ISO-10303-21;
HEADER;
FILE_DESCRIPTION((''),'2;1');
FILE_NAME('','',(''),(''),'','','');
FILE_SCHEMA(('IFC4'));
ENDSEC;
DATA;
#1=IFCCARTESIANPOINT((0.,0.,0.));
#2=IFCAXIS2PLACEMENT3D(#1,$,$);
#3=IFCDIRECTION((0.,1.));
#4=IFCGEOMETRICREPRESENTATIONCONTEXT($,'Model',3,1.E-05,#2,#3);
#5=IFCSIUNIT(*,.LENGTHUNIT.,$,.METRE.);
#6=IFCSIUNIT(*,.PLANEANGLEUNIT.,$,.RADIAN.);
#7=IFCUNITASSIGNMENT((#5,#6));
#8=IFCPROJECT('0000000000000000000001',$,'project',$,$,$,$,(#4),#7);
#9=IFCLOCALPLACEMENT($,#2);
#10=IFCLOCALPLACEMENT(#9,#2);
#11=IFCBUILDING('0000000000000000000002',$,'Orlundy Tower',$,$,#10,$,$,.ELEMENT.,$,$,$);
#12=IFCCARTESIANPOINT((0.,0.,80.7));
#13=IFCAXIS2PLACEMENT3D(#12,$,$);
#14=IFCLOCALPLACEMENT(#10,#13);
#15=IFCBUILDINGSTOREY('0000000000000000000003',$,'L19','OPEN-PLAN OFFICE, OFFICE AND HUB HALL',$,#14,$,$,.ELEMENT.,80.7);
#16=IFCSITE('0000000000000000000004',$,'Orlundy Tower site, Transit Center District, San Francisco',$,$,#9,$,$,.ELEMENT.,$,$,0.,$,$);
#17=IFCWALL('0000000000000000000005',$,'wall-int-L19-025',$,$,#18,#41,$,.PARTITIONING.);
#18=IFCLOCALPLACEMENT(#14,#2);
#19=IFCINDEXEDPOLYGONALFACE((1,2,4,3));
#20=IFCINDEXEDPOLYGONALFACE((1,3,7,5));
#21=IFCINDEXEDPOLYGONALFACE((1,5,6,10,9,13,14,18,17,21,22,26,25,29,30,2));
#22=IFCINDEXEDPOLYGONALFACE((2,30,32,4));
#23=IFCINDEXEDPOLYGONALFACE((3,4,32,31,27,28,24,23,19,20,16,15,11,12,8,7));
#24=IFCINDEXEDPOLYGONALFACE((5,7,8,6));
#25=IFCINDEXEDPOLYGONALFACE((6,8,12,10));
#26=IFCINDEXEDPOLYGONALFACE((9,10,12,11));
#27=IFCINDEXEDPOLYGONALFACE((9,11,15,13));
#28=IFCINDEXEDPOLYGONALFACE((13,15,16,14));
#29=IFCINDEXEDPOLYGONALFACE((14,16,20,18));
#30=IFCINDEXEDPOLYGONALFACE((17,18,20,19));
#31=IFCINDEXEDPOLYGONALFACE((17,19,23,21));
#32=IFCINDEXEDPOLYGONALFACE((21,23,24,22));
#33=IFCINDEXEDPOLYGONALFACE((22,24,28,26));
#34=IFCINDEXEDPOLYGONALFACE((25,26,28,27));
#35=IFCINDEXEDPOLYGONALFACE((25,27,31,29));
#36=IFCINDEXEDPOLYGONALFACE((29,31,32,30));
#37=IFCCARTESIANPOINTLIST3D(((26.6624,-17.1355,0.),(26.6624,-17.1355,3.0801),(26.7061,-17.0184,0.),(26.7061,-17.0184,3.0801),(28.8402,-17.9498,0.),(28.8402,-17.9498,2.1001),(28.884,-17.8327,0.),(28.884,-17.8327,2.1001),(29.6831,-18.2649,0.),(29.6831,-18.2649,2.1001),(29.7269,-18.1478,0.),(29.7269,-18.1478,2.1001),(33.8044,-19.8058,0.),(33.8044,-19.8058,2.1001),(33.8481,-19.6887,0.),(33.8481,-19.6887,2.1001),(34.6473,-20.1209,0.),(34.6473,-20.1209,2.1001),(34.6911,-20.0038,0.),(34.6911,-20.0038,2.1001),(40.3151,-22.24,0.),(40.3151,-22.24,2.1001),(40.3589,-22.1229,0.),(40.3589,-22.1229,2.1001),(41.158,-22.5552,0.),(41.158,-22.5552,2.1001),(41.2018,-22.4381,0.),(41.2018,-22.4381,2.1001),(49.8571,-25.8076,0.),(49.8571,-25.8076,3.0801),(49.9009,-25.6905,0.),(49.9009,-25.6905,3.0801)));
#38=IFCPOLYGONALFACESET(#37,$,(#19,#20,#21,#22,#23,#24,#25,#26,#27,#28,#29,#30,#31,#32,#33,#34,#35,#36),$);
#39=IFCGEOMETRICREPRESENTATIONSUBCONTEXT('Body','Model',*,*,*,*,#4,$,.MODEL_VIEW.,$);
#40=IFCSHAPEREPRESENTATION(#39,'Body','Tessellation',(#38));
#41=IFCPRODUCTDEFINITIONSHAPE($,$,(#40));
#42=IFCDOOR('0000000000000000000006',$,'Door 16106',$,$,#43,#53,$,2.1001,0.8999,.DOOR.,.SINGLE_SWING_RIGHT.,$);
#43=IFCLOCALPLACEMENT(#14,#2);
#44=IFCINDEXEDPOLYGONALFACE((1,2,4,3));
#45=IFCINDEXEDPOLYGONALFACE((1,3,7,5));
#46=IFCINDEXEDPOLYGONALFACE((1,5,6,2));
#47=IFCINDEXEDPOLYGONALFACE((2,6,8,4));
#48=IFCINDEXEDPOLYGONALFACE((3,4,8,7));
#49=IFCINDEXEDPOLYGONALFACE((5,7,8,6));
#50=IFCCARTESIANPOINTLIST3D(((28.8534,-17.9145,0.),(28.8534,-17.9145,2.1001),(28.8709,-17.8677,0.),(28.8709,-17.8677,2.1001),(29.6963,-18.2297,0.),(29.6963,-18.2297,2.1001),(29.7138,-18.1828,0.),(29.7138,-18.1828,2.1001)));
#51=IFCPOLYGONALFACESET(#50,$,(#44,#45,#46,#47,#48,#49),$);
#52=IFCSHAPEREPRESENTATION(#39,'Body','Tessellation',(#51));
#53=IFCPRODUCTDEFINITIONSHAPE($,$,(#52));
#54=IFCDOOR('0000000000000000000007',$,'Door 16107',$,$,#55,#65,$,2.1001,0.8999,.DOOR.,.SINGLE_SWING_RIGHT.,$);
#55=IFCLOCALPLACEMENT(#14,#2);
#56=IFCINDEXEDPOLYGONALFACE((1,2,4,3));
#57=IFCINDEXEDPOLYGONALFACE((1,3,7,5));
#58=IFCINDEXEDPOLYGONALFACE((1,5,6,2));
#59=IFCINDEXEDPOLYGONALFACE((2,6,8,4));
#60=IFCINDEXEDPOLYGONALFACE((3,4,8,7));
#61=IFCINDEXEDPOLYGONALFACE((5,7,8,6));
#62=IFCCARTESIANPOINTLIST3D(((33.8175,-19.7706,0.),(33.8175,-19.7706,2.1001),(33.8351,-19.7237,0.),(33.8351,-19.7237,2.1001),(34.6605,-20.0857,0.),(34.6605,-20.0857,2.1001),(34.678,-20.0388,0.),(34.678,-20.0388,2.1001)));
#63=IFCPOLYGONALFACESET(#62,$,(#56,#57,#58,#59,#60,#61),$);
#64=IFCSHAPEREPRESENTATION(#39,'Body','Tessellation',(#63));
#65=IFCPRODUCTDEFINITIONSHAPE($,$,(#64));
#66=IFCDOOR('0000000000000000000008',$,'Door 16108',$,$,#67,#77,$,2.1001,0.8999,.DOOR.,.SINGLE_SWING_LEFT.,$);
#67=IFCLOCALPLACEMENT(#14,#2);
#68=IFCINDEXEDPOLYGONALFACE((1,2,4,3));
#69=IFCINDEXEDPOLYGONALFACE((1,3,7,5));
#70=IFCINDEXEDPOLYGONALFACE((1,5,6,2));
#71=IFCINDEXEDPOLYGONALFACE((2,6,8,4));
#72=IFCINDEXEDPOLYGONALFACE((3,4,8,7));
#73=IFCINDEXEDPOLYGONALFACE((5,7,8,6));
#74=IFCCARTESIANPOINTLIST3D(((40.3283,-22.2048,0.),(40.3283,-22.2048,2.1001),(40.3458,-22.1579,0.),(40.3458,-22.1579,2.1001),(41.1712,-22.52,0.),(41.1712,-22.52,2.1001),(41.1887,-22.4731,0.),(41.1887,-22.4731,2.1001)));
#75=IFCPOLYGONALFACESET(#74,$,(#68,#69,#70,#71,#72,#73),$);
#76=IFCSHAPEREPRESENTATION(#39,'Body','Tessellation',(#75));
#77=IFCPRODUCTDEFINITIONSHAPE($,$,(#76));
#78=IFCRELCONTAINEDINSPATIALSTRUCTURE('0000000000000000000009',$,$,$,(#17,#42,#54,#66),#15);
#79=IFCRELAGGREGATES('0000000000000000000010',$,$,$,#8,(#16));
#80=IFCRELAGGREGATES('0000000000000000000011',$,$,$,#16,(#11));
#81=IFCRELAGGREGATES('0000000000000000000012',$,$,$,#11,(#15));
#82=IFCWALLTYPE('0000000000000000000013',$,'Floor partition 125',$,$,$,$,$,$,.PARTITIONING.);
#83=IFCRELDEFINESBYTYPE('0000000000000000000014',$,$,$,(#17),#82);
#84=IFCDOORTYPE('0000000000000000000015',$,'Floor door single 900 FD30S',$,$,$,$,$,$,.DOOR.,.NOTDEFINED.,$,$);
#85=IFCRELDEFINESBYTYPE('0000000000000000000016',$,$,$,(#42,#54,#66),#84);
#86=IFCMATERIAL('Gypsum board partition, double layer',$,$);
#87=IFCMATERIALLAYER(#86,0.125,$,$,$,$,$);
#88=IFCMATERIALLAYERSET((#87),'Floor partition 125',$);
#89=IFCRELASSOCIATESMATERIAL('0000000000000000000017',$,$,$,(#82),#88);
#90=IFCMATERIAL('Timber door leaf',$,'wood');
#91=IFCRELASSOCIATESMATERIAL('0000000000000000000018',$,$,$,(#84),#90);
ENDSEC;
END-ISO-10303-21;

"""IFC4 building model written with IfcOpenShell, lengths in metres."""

from ifc_helpers import new_model, si_unit, direction, frame, frame_2d, origin, place, context, subcontext, project, spatial, rectangle, extrude, material, layer, layer_set, type_object, element, fill, save


model = new_model("IFC4")

# Units and contexts
model_context = context("Model", 3, precision=1e-05, world=origin(), true_north=direction((0.0, 1.0)))
body_context = subcontext(model_context, "Body", "Model", "MODEL_VIEW")
ifc_project = project(units=[si_unit("LENGTHUNIT", "METRE"), si_unit("PLANEANGLEUNIT", "RADIAN")], contexts=[model_context])

# Site, building, storey
site_placement = place(None, origin())
site = spatial("IfcSite", under=ifc_project, at=site_placement, Name="Orlundy Tower site, Transit Center District, San Francisco", CompositionType="ELEMENT", RefElevation=0.0)
building_placement = place(site_placement, origin())
building = spatial("IfcBuilding", under=site, at=building_placement, Name="Orlundy Tower", CompositionType="ELEMENT")
storey_placement = place(building_placement, frame((0.0, 0.0, 80.7)))
storey = spatial("IfcBuildingStorey", under=building, at=storey_placement, Name="L19", Description="OPEN-PLAN OFFICE, OFFICE AND HUB HALL", CompositionType="ELEMENT", Elevation=80.7)

# Wall, openings, doors
ifc_material_1 = material(Name="Gypsum board partition, double layer")
ifc_layer_1 = layer(ifc_material_1, 0.125)
ifc_layer_set_1 = layer_set([ifc_layer_1], Name="Floor partition 125")
wall_type_1 = type_object("IfcWallType", Name="Floor partition 125", PredefinedType="PARTITIONING", material=ifc_layer_set_1)
wall_1_placement = place(storey_placement, frame((49.8789, -25.749, 0.0), z_axis=(0.0, 0.0, 1.0), x_axis=(-0.936673, 0.350205, 0.0)))
wall_1 = element("IfcWall", 1, at=wall_1_placement, inside=storey, type_object=wall_type_1, Name="wall-int-L19-025", PredefinedType="PARTITIONING", context=body_context, shape_type="SweptSolid", body=[
    extrude(rectangle(XDim=24.7629, YDim=0.125, at=frame_2d((12.3813, 0.0))), origin(), (0.0, 0.0, 1.0), 3.0801),
])
opening_1_placement = place(wall_1_placement, frame((21.5378, 0.0, 0.0)))
opening_1 = element("IfcOpeningElement", 2, at=opening_1_placement, cuts=wall_1, PredefinedType="OPENING", context=body_context, shape_type="SweptSolid", body=[
    extrude(rectangle(XDim=0.8999, YDim=2.1001, at=frame_2d((0.45, 1.05))), frame((0.0, 0.0725, 0.0), z_axis=(0.0, -1.0, 0.0), x_axis=(1.0, 0.0, 0.0)), (0.0, 0.0, 1.0), 0.145),
])
opening_2_placement = place(wall_1_placement, frame((16.238, 0.0, 0.0)))
opening_2 = element("IfcOpeningElement", 3, at=opening_2_placement, cuts=wall_1, PredefinedType="OPENING", context=body_context, shape_type="SweptSolid", body=[
    extrude(rectangle(XDim=0.8999, YDim=2.1001, at=frame_2d((0.45, 1.05))), frame((0.0, 0.0725, 0.0), z_axis=(0.0, -1.0, 0.0), x_axis=(1.0, 0.0, 0.0)), (0.0, 0.0, 1.0), 0.145),
])
opening_3_placement = place(wall_1_placement, frame((9.2871, 0.0, 0.0)))
opening_3 = element("IfcOpeningElement", 4, at=opening_3_placement, cuts=wall_1, PredefinedType="OPENING", context=body_context, shape_type="SweptSolid", body=[
    extrude(rectangle(XDim=0.8999, YDim=2.1001, at=frame_2d((0.45, 1.05))), frame((0.0, 0.0725, 0.0), z_axis=(0.0, -1.0, 0.0), x_axis=(1.0, 0.0, 0.0)), (0.0, 0.0, 1.0), 0.145),
])
ifc_material_2 = material(Name="Timber door leaf", Category="wood")
door_type = type_object("IfcDoorType", Name="Floor door single 900 FD30S", OperationType="NOTDEFINED", PredefinedType="DOOR", material=ifc_material_2)
door_1_placement = place(opening_1_placement, origin())
door_1 = element("IfcDoor", 5, at=door_1_placement, inside=storey, type_object=door_type, Name="Door 16106", OperationType="SINGLE_SWING_RIGHT", OverallHeight=2.1001, OverallWidth=0.8999, PredefinedType="DOOR", context=body_context, shape_type="SweptSolid", body=[
    extrude(rectangle(XDim=0.8999, YDim=2.1001, at=frame_2d((0.45, 1.05))), frame((0.0, 0.0249, 0.0), z_axis=(0.0, -1.0, 0.0), x_axis=(1.0, 0.0, 0.0)), (0.0, 0.0, 1.0), 0.05),
])
fill(opening_1, door_1)
door_2_placement = place(opening_2_placement, origin())
door_2 = element("IfcDoor", 6, at=door_2_placement, inside=storey, type_object=door_type, Name="Door 16107", OperationType="SINGLE_SWING_RIGHT", OverallHeight=2.1001, OverallWidth=0.8999, PredefinedType="DOOR", context=body_context, shape_type="SweptSolid", body=[
    extrude(rectangle(XDim=0.8999, YDim=2.1001, at=frame_2d((0.45, 1.05))), frame((0.0, 0.0249, 0.0), z_axis=(0.0, -1.0, 0.0), x_axis=(1.0, 0.0, 0.0)), (0.0, 0.0, 1.0), 0.05),
])
fill(opening_2, door_2)
door_3_placement = place(opening_3_placement, origin())
door_3 = element("IfcDoor", 7, at=door_3_placement, inside=storey, type_object=door_type, Name="Door 16108", OperationType="SINGLE_SWING_LEFT", OverallHeight=2.1001, OverallWidth=0.8999, PredefinedType="DOOR", context=body_context, shape_type="SweptSolid", body=[
    extrude(rectangle(XDim=0.8999, YDim=2.1001, at=frame_2d((0.45, 1.05))), frame((0.0, 0.0249, 0.0), z_axis=(0.0, -1.0, 0.0), x_axis=(1.0, 0.0, 0.0)), (0.0, 0.0, 1.0), 0.05),
])
fill(opening_3, door_3)

save(model, "model.ifc")
